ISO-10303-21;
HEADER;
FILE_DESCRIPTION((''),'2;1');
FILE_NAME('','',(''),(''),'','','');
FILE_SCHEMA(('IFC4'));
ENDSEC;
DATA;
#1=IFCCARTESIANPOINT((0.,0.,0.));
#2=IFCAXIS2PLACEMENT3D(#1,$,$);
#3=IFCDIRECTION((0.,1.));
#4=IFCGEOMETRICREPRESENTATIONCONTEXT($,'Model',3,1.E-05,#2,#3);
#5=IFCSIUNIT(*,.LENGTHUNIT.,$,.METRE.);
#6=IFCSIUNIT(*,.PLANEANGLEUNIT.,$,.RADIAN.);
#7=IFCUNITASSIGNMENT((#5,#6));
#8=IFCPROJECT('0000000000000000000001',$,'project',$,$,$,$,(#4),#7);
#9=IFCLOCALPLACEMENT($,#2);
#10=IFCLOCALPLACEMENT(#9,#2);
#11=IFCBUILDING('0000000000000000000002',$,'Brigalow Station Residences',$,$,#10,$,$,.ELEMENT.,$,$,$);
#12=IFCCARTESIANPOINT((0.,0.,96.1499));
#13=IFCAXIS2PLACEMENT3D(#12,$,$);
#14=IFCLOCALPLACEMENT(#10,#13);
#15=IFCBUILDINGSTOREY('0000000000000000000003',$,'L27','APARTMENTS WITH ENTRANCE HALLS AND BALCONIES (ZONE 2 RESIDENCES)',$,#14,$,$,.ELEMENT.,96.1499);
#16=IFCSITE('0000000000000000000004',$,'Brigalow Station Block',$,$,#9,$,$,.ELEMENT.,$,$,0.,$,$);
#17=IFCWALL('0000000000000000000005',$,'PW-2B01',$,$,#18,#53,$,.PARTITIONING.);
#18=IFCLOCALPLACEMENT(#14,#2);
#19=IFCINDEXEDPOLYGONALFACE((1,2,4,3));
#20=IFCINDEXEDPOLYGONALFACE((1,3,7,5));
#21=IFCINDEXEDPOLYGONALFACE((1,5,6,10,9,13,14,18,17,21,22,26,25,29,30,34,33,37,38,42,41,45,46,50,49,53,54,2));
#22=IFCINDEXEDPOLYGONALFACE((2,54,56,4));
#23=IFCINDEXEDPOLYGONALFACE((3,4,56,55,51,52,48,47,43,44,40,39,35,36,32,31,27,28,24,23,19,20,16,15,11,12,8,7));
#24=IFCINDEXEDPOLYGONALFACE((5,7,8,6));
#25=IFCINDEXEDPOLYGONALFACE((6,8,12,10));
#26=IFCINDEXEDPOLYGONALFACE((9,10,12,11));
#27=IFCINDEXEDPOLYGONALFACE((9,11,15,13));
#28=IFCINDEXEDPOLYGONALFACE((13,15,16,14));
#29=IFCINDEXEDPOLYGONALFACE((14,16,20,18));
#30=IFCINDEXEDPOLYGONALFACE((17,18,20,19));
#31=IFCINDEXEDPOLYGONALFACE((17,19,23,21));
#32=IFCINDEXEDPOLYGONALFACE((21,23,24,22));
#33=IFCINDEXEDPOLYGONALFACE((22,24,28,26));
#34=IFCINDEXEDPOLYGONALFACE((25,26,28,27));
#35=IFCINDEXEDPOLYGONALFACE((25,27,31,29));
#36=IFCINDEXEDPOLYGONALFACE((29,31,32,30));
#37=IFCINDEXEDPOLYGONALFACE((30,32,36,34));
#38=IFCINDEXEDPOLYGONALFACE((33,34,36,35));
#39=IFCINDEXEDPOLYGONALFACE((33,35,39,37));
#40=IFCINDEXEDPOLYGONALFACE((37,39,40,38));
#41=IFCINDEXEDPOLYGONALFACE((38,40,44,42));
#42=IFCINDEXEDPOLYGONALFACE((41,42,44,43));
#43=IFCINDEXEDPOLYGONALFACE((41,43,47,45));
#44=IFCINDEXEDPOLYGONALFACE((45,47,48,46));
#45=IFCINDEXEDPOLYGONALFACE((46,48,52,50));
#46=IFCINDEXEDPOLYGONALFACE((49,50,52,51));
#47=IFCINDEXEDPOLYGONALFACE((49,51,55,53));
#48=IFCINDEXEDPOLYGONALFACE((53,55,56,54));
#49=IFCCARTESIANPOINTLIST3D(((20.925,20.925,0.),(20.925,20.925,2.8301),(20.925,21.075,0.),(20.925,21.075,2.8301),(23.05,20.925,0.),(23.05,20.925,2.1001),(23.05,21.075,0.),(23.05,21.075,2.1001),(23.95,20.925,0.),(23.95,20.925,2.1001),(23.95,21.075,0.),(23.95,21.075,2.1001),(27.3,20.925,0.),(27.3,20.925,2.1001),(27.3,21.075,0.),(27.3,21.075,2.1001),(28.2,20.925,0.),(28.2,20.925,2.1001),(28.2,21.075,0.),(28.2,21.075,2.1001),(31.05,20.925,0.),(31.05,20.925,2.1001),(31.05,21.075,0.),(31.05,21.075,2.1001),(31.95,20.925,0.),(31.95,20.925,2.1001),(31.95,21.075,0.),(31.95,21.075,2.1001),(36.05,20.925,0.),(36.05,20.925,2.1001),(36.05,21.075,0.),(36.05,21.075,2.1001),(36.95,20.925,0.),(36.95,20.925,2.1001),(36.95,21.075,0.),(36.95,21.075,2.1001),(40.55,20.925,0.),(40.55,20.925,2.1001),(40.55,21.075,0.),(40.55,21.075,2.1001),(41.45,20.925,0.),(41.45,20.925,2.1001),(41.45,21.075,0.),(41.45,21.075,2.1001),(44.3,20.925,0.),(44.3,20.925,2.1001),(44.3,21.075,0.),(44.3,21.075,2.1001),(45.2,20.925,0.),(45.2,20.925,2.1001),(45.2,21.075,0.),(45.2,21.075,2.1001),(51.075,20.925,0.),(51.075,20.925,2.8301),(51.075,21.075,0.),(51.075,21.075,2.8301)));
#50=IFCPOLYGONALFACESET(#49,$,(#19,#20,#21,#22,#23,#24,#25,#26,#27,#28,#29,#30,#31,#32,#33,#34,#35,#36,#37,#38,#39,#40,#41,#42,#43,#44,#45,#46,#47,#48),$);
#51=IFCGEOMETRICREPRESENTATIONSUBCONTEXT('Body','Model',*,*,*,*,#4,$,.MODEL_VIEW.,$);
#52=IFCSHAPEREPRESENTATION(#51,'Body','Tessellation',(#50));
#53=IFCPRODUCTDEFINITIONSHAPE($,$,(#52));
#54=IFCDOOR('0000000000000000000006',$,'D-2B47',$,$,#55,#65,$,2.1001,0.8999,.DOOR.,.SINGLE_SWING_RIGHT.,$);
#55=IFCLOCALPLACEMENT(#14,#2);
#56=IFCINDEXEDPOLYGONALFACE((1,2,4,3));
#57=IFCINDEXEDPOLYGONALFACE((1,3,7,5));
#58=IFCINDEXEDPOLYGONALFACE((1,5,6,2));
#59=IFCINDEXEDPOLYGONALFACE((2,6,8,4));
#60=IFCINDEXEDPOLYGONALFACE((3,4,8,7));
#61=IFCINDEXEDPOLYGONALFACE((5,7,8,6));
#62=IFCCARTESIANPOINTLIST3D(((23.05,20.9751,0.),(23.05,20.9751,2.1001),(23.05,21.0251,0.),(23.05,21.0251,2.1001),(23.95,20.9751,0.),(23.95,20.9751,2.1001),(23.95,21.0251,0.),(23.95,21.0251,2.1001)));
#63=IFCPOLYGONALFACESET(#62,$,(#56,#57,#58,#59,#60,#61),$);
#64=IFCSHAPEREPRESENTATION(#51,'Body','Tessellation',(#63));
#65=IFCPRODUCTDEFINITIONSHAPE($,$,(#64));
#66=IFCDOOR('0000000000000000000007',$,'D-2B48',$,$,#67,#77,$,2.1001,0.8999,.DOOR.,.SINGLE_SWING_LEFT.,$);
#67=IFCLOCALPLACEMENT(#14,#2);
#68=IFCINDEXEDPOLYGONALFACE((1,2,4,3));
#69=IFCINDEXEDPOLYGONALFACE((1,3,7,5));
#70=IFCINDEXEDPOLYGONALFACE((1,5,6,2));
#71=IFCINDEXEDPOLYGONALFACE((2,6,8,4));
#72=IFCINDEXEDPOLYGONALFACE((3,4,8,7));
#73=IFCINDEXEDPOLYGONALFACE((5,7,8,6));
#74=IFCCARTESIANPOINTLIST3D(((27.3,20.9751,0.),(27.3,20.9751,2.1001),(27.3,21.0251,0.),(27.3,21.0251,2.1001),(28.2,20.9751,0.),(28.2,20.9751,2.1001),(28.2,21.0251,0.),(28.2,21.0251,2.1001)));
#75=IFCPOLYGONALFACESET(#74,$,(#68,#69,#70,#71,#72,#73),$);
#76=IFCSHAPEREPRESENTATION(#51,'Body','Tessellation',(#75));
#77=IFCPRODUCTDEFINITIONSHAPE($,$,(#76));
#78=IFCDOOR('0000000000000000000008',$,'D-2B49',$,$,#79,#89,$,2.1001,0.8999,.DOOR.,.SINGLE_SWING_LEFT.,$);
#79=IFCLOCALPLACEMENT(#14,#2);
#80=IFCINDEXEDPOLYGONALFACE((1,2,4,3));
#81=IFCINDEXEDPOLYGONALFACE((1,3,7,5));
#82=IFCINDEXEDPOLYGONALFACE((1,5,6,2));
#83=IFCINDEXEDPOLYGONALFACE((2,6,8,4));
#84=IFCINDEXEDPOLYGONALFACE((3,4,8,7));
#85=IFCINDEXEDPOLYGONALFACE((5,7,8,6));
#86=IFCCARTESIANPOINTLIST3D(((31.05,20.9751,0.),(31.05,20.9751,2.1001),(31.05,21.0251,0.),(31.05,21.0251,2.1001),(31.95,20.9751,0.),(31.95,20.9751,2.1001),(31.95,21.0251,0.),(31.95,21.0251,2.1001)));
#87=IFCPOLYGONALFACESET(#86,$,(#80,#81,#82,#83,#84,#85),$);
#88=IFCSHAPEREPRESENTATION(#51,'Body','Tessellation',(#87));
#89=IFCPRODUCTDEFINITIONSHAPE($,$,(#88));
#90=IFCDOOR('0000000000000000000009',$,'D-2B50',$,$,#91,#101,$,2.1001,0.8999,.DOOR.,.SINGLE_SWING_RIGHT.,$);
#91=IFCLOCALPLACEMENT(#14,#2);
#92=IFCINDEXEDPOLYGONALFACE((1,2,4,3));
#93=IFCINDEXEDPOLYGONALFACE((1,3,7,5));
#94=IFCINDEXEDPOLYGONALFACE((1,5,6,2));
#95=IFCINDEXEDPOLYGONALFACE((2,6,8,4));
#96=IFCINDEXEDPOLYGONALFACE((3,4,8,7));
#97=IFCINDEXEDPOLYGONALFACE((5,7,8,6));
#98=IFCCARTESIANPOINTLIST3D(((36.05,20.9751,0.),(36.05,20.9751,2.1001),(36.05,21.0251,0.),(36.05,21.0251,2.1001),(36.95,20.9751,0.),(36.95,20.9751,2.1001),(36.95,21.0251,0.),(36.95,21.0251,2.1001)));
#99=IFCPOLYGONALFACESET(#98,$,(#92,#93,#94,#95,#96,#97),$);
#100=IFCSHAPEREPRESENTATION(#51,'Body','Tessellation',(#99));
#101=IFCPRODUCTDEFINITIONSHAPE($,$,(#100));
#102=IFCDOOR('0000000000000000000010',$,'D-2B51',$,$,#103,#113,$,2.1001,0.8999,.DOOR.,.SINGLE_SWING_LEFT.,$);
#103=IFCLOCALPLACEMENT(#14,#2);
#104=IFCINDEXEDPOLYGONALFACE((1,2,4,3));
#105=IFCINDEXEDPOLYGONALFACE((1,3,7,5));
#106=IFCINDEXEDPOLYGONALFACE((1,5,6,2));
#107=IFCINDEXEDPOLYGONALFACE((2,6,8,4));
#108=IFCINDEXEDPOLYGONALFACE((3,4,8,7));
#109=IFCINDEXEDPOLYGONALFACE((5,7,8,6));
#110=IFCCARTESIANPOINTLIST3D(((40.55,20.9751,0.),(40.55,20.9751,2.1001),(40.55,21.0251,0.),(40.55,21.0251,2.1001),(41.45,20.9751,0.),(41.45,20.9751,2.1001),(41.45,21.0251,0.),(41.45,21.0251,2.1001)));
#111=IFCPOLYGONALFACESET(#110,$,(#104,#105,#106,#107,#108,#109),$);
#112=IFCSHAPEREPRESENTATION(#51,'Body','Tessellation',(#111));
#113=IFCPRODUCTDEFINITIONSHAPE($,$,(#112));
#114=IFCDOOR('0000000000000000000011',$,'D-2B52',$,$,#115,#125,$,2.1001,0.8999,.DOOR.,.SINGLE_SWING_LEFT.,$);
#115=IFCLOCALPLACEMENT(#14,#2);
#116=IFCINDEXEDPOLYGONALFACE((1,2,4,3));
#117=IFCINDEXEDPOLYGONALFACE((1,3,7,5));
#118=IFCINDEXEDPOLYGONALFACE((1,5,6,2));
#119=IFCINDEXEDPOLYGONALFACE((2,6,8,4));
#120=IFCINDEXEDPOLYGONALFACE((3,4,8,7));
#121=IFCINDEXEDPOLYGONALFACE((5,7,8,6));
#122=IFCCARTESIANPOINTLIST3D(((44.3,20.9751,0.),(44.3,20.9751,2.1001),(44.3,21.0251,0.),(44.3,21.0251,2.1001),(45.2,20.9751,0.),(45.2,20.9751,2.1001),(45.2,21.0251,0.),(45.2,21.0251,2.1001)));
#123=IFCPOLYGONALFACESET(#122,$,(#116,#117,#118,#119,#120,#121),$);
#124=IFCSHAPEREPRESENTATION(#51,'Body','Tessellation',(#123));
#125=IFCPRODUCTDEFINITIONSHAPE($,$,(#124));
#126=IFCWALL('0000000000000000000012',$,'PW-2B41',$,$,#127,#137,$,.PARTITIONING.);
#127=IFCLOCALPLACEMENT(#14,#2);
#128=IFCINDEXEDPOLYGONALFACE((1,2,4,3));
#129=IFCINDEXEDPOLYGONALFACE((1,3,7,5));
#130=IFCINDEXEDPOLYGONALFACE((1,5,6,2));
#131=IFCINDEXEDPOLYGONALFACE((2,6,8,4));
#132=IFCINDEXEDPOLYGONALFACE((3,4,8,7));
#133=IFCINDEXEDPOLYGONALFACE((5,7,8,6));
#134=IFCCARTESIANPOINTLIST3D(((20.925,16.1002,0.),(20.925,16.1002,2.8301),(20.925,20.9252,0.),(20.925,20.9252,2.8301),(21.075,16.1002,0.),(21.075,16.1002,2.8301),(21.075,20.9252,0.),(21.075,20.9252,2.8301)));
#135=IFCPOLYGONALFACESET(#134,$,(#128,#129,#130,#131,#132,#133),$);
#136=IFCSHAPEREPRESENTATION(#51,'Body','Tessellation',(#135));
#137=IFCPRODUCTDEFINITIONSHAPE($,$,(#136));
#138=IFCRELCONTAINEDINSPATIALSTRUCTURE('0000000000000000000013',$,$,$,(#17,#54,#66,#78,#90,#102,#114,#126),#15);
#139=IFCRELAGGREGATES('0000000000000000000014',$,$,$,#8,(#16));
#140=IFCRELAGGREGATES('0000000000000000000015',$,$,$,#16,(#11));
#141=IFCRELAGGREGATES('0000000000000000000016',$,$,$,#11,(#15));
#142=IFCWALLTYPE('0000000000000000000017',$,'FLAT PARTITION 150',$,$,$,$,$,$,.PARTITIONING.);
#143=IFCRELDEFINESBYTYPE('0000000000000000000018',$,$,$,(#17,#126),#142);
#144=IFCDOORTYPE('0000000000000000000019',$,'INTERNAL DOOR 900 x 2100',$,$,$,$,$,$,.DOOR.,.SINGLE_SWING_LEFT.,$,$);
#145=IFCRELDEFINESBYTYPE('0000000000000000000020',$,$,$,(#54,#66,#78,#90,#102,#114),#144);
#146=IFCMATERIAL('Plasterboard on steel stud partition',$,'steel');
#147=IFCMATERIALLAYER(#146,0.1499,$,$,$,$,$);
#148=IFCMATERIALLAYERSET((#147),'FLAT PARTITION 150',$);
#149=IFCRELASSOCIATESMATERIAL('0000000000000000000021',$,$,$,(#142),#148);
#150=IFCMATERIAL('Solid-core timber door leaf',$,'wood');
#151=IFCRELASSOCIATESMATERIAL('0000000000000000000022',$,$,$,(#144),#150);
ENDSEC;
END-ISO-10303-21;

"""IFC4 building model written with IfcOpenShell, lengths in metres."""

from ifc_helpers import new_model, si_unit, direction, frame, frame_2d, origin, place, context, subcontext, project, spatial, rectangle, extrude, material, layer, layer_set, type_object, element, fill, save


model = new_model("IFC4")

# Units and contexts
model_context = context("Model", 3, precision=1e-05, world=origin(), true_north=direction((0.0, 1.0)))
body_context = subcontext(model_context, "Body", "Model", "MODEL_VIEW")
ifc_project = project(units=[si_unit("LENGTHUNIT", "METRE"), si_unit("PLANEANGLEUNIT", "RADIAN")], contexts=[model_context])

# Site, building, storey
site_placement = place(None, origin())
site = spatial("IfcSite", under=ifc_project, at=site_placement, Name="Brigalow Station Block", CompositionType="ELEMENT", RefElevation=0.0)
building_placement = place(site_placement, origin())
building = spatial("IfcBuilding", under=site, at=building_placement, Name="Brigalow Station Residences", CompositionType="ELEMENT")
storey_placement = place(building_placement, frame((0.0, 0.0, 96.1499)))
storey = spatial("IfcBuildingStorey", under=building, at=storey_placement, Name="L27", Description="APARTMENTS WITH ENTRANCE HALLS AND BALCONIES (ZONE 2 RESIDENCES)", CompositionType="ELEMENT", Elevation=96.1499)

# Wall, openings, doors
ifc_material_1 = material(Name="Plasterboard on steel stud partition", Category="steel")
ifc_layer_1 = layer(ifc_material_1, 0.1499)
ifc_layer_set_1 = layer_set([ifc_layer_1], Name="FLAT PARTITION 150")
wall_type_1 = type_object("IfcWallType", Name="FLAT PARTITION 150", PredefinedType="PARTITIONING", material=ifc_layer_set_1)
wall_1_placement = place(storey_placement, frame((20.925, 21.0, 0.0), z_axis=(0.0, 0.0, 1.0), x_axis=(1.0, 0.0, 0.0)))
wall_1 = element("IfcWall", 1, at=wall_1_placement, inside=storey, type_object=wall_type_1, Name="PW-2B01", PredefinedType="PARTITIONING", context=body_context, shape_type="SweptSolid", body=[
    extrude(rectangle(XDim=30.1499, YDim=0.1499, at=frame_2d((15.075, 0.0))), origin(), (0.0, 0.0, 1.0), 2.8301),
])
opening_1_placement = place(wall_1_placement, frame((2.125, 0.0, 0.0)))
opening_1 = element("IfcOpeningElement", 2, at=opening_1_placement, cuts=wall_1, PredefinedType="OPENING", context=body_context, shape_type="SweptSolid", body=[
    extrude(rectangle(XDim=0.8999, YDim=2.1001, at=frame_2d((0.45, 1.05))), frame((0.0, 0.085, 0.0), z_axis=(0.0, -1.0, 0.0), x_axis=(1.0, 0.0, 0.0)), (0.0, 0.0, 1.0), 0.1699),
])
opening_2_placement = place(wall_1_placement, frame((6.375, 0.0, 0.0)))
opening_2 = element("IfcOpeningElement", 3, at=opening_2_placement, cuts=wall_1, PredefinedType="OPENING", context=body_context, shape_type="SweptSolid", body=[
    extrude(rectangle(XDim=0.8999, YDim=2.1001, at=frame_2d((0.45, 1.05))), frame((0.0, 0.085, 0.0), z_axis=(0.0, -1.0, 0.0), x_axis=(1.0, 0.0, 0.0)), (0.0, 0.0, 1.0), 0.1699),
])
opening_3_placement = place(wall_1_placement, frame((10.125, 0.0, 0.0)))
opening_3 = element("IfcOpeningElement", 4, at=opening_3_placement, cuts=wall_1, PredefinedType="OPENING", context=body_context, shape_type="SweptSolid", body=[
    extrude(rectangle(XDim=0.8999, YDim=2.1001, at=frame_2d((0.45, 1.05))), frame((0.0, 0.085, 0.0), z_axis=(0.0, -1.0, 0.0), x_axis=(1.0, 0.0, 0.0)), (0.0, 0.0, 1.0), 0.1699),
])
opening_4_placement = place(wall_1_placement, frame((15.125, 0.0, 0.0)))
opening_4 = element("IfcOpeningElement", 5, at=opening_4_placement, cuts=wall_1, PredefinedType="OPENING", context=body_context, shape_type="SweptSolid", body=[
    extrude(rectangle(XDim=0.8999, YDim=2.1001, at=frame_2d((0.45, 1.05))), frame((0.0, 0.085, 0.0), z_axis=(0.0, -1.0, 0.0), x_axis=(1.0, 0.0, 0.0)), (0.0, 0.0, 1.0), 0.1699),
])
opening_5_placement = place(wall_1_placement, frame((19.625, 0.0, 0.0)))
opening_5 = element("IfcOpeningElement", 6, at=opening_5_placement, cuts=wall_1, PredefinedType="OPENING", context=body_context, shape_type="SweptSolid", body=[
    extrude(rectangle(XDim=0.8999, YDim=2.1001, at=frame_2d((0.45, 1.05))), frame((0.0, 0.085, 0.0), z_axis=(0.0, -1.0, 0.0), x_axis=(1.0, 0.0, 0.0)), (0.0, 0.0, 1.0), 0.1699),
])
opening_6_placement = place(wall_1_placement, frame((23.375, 0.0, 0.0)))
opening_6 = element("IfcOpeningElement", 7, at=opening_6_placement, cuts=wall_1, PredefinedType="OPENING", context=body_context, shape_type="SweptSolid", body=[
    extrude(rectangle(XDim=0.8999, YDim=2.1001, at=frame_2d((0.45, 1.05))), frame((0.0, 0.085, 0.0), z_axis=(0.0, -1.0, 0.0), x_axis=(1.0, 0.0, 0.0)), (0.0, 0.0, 1.0), 0.1699),
])
ifc_material_2 = material(Name="Solid-core timber door leaf", Category="wood")
door_type_1 = type_object("IfcDoorType", Name="INTERNAL DOOR 900 x 2100", OperationType="SINGLE_SWING_LEFT", PredefinedType="DOOR", material=ifc_material_2)
door_1_placement = place(opening_1_placement, frame((0.8999, 0.0, 0.0), z_axis=(0.0, 0.0, 1.0), x_axis=(-1.0, 0.0, 0.0)))
door_1 = element("IfcDoor", 8, at=door_1_placement, inside=storey, type_object=door_type_1, Name="D-2B47", OperationType="SINGLE_SWING_RIGHT", OverallHeight=2.1001, OverallWidth=0.8999, PredefinedType="DOOR", context=body_context, shape_type="SweptSolid", body=[
    extrude(rectangle(XDim=0.8999, YDim=2.1001, at=frame_2d((0.45, 1.05))), frame((0.0, 0.0249, 0.0), z_axis=(0.0, -1.0, 0.0), x_axis=(1.0, 0.0, 0.0)), (0.0, 0.0, 1.0), 0.05),
])
fill(opening_1, door_1)
door_2_placement = place(opening_2_placement, frame((0.8999, 0.0, 0.0), z_axis=(0.0, 0.0, 1.0), x_axis=(-1.0, 0.0, 0.0)))
door_2 = element("IfcDoor", 9, at=door_2_placement, inside=storey, type_object=door_type_1, Name="D-2B48", OperationType="SINGLE_SWING_LEFT", OverallHeight=2.1001, OverallWidth=0.8999, PredefinedType="DOOR", context=body_context, shape_type="SweptSolid", body=[
    extrude(rectangle(XDim=0.8999, YDim=2.1001, at=frame_2d((0.45, 1.05))), frame((0.0, 0.0249, 0.0), z_axis=(0.0, -1.0, 0.0), x_axis=(1.0, 0.0, 0.0)), (0.0, 0.0, 1.0), 0.05),
])
fill(opening_2, door_2)
door_3_placement = place(opening_3_placement, frame((0.8999, 0.0, 0.0), z_axis=(0.0, 0.0, 1.0), x_axis=(-1.0, 0.0, 0.0)))
door_3 = element("IfcDoor", 10, at=door_3_placement, inside=storey, type_object=door_type_1, Name="D-2B49", OperationType="SINGLE_SWING_LEFT", OverallHeight=2.1001, OverallWidth=0.8999, PredefinedType="DOOR", context=body_context, shape_type="SweptSolid", body=[
    extrude(rectangle(XDim=0.8999, YDim=2.1001, at=frame_2d((0.45, 1.05))), frame((0.0, 0.0249, 0.0), z_axis=(0.0, -1.0, 0.0), x_axis=(1.0, 0.0, 0.0)), (0.0, 0.0, 1.0), 0.05),
])
fill(opening_3, door_3)
door_4_placement = place(opening_4_placement, frame((0.8999, 0.0, 0.0), z_axis=(0.0, 0.0, 1.0), x_axis=(-1.0, 0.0, 0.0)))
door_4 = element("IfcDoor", 11, at=door_4_placement, inside=storey, type_object=door_type_1, Name="D-2B50", OperationType="SINGLE_SWING_RIGHT", OverallHeight=2.1001, OverallWidth=0.8999, PredefinedType="DOOR", context=body_context, shape_type="SweptSolid", body=[
    extrude(rectangle(XDim=0.8999, YDim=2.1001, at=frame_2d((0.45, 1.05))), frame((0.0, 0.0249, 0.0), z_axis=(0.0, -1.0, 0.0), x_axis=(1.0, 0.0, 0.0)), (0.0, 0.0, 1.0), 0.05),
])
fill(opening_4, door_4)
door_5_placement = place(opening_5_placement, frame((0.8999, 0.0, 0.0), z_axis=(0.0, 0.0, 1.0), x_axis=(-1.0, 0.0, 0.0)))
door_5 = element("IfcDoor", 12, at=door_5_placement, inside=storey, type_object=door_type_1, Name="D-2B51", OperationType="SINGLE_SWING_LEFT", OverallHeight=2.1001, OverallWidth=0.8999, PredefinedType="DOOR", context=body_context, shape_type="SweptSolid", body=[
    extrude(rectangle(XDim=0.8999, YDim=2.1001, at=frame_2d((0.45, 1.05))), frame((0.0, 0.0249, 0.0), z_axis=(0.0, -1.0, 0.0), x_axis=(1.0, 0.0, 0.0)), (0.0, 0.0, 1.0), 0.05),
])
fill(opening_5, door_5)
door_6_placement = place(opening_6_placement, frame((0.8999, 0.0, 0.0), z_axis=(0.0, 0.0, 1.0), x_axis=(-1.0, 0.0, 0.0)))
door_6 = element("IfcDoor", 13, at=door_6_placement, inside=storey, type_object=door_type_1, Name="D-2B52", OperationType="SINGLE_SWING_LEFT", OverallHeight=2.1001, OverallWidth=0.8999, PredefinedType="DOOR", context=body_context, shape_type="SweptSolid", body=[
    extrude(rectangle(XDim=0.8999, YDim=2.1001, at=frame_2d((0.45, 1.05))), frame((0.0, 0.0249, 0.0), z_axis=(0.0, -1.0, 0.0), x_axis=(1.0, 0.0, 0.0)), (0.0, 0.0, 1.0), 0.05),
])
fill(opening_6, door_6)

# Wall
wall_2_placement = place(storey_placement, frame((21.0, 16.1001, 0.0), z_axis=(0.0, 0.0, 1.0), x_axis=(0.0, 1.0, 0.0)))
element("IfcWall", 14, at=wall_2_placement, inside=storey, type_object=wall_type_1, Name="PW-2B41", PredefinedType="PARTITIONING", context=body_context, shape_type="SweptSolid", body=[
    extrude(rectangle(XDim=4.825, YDim=0.1499, at=frame_2d((2.4126, 0.0))), origin(), (0.0, 0.0, 1.0), 2.8301),
])

save(model, "model.ifc")
